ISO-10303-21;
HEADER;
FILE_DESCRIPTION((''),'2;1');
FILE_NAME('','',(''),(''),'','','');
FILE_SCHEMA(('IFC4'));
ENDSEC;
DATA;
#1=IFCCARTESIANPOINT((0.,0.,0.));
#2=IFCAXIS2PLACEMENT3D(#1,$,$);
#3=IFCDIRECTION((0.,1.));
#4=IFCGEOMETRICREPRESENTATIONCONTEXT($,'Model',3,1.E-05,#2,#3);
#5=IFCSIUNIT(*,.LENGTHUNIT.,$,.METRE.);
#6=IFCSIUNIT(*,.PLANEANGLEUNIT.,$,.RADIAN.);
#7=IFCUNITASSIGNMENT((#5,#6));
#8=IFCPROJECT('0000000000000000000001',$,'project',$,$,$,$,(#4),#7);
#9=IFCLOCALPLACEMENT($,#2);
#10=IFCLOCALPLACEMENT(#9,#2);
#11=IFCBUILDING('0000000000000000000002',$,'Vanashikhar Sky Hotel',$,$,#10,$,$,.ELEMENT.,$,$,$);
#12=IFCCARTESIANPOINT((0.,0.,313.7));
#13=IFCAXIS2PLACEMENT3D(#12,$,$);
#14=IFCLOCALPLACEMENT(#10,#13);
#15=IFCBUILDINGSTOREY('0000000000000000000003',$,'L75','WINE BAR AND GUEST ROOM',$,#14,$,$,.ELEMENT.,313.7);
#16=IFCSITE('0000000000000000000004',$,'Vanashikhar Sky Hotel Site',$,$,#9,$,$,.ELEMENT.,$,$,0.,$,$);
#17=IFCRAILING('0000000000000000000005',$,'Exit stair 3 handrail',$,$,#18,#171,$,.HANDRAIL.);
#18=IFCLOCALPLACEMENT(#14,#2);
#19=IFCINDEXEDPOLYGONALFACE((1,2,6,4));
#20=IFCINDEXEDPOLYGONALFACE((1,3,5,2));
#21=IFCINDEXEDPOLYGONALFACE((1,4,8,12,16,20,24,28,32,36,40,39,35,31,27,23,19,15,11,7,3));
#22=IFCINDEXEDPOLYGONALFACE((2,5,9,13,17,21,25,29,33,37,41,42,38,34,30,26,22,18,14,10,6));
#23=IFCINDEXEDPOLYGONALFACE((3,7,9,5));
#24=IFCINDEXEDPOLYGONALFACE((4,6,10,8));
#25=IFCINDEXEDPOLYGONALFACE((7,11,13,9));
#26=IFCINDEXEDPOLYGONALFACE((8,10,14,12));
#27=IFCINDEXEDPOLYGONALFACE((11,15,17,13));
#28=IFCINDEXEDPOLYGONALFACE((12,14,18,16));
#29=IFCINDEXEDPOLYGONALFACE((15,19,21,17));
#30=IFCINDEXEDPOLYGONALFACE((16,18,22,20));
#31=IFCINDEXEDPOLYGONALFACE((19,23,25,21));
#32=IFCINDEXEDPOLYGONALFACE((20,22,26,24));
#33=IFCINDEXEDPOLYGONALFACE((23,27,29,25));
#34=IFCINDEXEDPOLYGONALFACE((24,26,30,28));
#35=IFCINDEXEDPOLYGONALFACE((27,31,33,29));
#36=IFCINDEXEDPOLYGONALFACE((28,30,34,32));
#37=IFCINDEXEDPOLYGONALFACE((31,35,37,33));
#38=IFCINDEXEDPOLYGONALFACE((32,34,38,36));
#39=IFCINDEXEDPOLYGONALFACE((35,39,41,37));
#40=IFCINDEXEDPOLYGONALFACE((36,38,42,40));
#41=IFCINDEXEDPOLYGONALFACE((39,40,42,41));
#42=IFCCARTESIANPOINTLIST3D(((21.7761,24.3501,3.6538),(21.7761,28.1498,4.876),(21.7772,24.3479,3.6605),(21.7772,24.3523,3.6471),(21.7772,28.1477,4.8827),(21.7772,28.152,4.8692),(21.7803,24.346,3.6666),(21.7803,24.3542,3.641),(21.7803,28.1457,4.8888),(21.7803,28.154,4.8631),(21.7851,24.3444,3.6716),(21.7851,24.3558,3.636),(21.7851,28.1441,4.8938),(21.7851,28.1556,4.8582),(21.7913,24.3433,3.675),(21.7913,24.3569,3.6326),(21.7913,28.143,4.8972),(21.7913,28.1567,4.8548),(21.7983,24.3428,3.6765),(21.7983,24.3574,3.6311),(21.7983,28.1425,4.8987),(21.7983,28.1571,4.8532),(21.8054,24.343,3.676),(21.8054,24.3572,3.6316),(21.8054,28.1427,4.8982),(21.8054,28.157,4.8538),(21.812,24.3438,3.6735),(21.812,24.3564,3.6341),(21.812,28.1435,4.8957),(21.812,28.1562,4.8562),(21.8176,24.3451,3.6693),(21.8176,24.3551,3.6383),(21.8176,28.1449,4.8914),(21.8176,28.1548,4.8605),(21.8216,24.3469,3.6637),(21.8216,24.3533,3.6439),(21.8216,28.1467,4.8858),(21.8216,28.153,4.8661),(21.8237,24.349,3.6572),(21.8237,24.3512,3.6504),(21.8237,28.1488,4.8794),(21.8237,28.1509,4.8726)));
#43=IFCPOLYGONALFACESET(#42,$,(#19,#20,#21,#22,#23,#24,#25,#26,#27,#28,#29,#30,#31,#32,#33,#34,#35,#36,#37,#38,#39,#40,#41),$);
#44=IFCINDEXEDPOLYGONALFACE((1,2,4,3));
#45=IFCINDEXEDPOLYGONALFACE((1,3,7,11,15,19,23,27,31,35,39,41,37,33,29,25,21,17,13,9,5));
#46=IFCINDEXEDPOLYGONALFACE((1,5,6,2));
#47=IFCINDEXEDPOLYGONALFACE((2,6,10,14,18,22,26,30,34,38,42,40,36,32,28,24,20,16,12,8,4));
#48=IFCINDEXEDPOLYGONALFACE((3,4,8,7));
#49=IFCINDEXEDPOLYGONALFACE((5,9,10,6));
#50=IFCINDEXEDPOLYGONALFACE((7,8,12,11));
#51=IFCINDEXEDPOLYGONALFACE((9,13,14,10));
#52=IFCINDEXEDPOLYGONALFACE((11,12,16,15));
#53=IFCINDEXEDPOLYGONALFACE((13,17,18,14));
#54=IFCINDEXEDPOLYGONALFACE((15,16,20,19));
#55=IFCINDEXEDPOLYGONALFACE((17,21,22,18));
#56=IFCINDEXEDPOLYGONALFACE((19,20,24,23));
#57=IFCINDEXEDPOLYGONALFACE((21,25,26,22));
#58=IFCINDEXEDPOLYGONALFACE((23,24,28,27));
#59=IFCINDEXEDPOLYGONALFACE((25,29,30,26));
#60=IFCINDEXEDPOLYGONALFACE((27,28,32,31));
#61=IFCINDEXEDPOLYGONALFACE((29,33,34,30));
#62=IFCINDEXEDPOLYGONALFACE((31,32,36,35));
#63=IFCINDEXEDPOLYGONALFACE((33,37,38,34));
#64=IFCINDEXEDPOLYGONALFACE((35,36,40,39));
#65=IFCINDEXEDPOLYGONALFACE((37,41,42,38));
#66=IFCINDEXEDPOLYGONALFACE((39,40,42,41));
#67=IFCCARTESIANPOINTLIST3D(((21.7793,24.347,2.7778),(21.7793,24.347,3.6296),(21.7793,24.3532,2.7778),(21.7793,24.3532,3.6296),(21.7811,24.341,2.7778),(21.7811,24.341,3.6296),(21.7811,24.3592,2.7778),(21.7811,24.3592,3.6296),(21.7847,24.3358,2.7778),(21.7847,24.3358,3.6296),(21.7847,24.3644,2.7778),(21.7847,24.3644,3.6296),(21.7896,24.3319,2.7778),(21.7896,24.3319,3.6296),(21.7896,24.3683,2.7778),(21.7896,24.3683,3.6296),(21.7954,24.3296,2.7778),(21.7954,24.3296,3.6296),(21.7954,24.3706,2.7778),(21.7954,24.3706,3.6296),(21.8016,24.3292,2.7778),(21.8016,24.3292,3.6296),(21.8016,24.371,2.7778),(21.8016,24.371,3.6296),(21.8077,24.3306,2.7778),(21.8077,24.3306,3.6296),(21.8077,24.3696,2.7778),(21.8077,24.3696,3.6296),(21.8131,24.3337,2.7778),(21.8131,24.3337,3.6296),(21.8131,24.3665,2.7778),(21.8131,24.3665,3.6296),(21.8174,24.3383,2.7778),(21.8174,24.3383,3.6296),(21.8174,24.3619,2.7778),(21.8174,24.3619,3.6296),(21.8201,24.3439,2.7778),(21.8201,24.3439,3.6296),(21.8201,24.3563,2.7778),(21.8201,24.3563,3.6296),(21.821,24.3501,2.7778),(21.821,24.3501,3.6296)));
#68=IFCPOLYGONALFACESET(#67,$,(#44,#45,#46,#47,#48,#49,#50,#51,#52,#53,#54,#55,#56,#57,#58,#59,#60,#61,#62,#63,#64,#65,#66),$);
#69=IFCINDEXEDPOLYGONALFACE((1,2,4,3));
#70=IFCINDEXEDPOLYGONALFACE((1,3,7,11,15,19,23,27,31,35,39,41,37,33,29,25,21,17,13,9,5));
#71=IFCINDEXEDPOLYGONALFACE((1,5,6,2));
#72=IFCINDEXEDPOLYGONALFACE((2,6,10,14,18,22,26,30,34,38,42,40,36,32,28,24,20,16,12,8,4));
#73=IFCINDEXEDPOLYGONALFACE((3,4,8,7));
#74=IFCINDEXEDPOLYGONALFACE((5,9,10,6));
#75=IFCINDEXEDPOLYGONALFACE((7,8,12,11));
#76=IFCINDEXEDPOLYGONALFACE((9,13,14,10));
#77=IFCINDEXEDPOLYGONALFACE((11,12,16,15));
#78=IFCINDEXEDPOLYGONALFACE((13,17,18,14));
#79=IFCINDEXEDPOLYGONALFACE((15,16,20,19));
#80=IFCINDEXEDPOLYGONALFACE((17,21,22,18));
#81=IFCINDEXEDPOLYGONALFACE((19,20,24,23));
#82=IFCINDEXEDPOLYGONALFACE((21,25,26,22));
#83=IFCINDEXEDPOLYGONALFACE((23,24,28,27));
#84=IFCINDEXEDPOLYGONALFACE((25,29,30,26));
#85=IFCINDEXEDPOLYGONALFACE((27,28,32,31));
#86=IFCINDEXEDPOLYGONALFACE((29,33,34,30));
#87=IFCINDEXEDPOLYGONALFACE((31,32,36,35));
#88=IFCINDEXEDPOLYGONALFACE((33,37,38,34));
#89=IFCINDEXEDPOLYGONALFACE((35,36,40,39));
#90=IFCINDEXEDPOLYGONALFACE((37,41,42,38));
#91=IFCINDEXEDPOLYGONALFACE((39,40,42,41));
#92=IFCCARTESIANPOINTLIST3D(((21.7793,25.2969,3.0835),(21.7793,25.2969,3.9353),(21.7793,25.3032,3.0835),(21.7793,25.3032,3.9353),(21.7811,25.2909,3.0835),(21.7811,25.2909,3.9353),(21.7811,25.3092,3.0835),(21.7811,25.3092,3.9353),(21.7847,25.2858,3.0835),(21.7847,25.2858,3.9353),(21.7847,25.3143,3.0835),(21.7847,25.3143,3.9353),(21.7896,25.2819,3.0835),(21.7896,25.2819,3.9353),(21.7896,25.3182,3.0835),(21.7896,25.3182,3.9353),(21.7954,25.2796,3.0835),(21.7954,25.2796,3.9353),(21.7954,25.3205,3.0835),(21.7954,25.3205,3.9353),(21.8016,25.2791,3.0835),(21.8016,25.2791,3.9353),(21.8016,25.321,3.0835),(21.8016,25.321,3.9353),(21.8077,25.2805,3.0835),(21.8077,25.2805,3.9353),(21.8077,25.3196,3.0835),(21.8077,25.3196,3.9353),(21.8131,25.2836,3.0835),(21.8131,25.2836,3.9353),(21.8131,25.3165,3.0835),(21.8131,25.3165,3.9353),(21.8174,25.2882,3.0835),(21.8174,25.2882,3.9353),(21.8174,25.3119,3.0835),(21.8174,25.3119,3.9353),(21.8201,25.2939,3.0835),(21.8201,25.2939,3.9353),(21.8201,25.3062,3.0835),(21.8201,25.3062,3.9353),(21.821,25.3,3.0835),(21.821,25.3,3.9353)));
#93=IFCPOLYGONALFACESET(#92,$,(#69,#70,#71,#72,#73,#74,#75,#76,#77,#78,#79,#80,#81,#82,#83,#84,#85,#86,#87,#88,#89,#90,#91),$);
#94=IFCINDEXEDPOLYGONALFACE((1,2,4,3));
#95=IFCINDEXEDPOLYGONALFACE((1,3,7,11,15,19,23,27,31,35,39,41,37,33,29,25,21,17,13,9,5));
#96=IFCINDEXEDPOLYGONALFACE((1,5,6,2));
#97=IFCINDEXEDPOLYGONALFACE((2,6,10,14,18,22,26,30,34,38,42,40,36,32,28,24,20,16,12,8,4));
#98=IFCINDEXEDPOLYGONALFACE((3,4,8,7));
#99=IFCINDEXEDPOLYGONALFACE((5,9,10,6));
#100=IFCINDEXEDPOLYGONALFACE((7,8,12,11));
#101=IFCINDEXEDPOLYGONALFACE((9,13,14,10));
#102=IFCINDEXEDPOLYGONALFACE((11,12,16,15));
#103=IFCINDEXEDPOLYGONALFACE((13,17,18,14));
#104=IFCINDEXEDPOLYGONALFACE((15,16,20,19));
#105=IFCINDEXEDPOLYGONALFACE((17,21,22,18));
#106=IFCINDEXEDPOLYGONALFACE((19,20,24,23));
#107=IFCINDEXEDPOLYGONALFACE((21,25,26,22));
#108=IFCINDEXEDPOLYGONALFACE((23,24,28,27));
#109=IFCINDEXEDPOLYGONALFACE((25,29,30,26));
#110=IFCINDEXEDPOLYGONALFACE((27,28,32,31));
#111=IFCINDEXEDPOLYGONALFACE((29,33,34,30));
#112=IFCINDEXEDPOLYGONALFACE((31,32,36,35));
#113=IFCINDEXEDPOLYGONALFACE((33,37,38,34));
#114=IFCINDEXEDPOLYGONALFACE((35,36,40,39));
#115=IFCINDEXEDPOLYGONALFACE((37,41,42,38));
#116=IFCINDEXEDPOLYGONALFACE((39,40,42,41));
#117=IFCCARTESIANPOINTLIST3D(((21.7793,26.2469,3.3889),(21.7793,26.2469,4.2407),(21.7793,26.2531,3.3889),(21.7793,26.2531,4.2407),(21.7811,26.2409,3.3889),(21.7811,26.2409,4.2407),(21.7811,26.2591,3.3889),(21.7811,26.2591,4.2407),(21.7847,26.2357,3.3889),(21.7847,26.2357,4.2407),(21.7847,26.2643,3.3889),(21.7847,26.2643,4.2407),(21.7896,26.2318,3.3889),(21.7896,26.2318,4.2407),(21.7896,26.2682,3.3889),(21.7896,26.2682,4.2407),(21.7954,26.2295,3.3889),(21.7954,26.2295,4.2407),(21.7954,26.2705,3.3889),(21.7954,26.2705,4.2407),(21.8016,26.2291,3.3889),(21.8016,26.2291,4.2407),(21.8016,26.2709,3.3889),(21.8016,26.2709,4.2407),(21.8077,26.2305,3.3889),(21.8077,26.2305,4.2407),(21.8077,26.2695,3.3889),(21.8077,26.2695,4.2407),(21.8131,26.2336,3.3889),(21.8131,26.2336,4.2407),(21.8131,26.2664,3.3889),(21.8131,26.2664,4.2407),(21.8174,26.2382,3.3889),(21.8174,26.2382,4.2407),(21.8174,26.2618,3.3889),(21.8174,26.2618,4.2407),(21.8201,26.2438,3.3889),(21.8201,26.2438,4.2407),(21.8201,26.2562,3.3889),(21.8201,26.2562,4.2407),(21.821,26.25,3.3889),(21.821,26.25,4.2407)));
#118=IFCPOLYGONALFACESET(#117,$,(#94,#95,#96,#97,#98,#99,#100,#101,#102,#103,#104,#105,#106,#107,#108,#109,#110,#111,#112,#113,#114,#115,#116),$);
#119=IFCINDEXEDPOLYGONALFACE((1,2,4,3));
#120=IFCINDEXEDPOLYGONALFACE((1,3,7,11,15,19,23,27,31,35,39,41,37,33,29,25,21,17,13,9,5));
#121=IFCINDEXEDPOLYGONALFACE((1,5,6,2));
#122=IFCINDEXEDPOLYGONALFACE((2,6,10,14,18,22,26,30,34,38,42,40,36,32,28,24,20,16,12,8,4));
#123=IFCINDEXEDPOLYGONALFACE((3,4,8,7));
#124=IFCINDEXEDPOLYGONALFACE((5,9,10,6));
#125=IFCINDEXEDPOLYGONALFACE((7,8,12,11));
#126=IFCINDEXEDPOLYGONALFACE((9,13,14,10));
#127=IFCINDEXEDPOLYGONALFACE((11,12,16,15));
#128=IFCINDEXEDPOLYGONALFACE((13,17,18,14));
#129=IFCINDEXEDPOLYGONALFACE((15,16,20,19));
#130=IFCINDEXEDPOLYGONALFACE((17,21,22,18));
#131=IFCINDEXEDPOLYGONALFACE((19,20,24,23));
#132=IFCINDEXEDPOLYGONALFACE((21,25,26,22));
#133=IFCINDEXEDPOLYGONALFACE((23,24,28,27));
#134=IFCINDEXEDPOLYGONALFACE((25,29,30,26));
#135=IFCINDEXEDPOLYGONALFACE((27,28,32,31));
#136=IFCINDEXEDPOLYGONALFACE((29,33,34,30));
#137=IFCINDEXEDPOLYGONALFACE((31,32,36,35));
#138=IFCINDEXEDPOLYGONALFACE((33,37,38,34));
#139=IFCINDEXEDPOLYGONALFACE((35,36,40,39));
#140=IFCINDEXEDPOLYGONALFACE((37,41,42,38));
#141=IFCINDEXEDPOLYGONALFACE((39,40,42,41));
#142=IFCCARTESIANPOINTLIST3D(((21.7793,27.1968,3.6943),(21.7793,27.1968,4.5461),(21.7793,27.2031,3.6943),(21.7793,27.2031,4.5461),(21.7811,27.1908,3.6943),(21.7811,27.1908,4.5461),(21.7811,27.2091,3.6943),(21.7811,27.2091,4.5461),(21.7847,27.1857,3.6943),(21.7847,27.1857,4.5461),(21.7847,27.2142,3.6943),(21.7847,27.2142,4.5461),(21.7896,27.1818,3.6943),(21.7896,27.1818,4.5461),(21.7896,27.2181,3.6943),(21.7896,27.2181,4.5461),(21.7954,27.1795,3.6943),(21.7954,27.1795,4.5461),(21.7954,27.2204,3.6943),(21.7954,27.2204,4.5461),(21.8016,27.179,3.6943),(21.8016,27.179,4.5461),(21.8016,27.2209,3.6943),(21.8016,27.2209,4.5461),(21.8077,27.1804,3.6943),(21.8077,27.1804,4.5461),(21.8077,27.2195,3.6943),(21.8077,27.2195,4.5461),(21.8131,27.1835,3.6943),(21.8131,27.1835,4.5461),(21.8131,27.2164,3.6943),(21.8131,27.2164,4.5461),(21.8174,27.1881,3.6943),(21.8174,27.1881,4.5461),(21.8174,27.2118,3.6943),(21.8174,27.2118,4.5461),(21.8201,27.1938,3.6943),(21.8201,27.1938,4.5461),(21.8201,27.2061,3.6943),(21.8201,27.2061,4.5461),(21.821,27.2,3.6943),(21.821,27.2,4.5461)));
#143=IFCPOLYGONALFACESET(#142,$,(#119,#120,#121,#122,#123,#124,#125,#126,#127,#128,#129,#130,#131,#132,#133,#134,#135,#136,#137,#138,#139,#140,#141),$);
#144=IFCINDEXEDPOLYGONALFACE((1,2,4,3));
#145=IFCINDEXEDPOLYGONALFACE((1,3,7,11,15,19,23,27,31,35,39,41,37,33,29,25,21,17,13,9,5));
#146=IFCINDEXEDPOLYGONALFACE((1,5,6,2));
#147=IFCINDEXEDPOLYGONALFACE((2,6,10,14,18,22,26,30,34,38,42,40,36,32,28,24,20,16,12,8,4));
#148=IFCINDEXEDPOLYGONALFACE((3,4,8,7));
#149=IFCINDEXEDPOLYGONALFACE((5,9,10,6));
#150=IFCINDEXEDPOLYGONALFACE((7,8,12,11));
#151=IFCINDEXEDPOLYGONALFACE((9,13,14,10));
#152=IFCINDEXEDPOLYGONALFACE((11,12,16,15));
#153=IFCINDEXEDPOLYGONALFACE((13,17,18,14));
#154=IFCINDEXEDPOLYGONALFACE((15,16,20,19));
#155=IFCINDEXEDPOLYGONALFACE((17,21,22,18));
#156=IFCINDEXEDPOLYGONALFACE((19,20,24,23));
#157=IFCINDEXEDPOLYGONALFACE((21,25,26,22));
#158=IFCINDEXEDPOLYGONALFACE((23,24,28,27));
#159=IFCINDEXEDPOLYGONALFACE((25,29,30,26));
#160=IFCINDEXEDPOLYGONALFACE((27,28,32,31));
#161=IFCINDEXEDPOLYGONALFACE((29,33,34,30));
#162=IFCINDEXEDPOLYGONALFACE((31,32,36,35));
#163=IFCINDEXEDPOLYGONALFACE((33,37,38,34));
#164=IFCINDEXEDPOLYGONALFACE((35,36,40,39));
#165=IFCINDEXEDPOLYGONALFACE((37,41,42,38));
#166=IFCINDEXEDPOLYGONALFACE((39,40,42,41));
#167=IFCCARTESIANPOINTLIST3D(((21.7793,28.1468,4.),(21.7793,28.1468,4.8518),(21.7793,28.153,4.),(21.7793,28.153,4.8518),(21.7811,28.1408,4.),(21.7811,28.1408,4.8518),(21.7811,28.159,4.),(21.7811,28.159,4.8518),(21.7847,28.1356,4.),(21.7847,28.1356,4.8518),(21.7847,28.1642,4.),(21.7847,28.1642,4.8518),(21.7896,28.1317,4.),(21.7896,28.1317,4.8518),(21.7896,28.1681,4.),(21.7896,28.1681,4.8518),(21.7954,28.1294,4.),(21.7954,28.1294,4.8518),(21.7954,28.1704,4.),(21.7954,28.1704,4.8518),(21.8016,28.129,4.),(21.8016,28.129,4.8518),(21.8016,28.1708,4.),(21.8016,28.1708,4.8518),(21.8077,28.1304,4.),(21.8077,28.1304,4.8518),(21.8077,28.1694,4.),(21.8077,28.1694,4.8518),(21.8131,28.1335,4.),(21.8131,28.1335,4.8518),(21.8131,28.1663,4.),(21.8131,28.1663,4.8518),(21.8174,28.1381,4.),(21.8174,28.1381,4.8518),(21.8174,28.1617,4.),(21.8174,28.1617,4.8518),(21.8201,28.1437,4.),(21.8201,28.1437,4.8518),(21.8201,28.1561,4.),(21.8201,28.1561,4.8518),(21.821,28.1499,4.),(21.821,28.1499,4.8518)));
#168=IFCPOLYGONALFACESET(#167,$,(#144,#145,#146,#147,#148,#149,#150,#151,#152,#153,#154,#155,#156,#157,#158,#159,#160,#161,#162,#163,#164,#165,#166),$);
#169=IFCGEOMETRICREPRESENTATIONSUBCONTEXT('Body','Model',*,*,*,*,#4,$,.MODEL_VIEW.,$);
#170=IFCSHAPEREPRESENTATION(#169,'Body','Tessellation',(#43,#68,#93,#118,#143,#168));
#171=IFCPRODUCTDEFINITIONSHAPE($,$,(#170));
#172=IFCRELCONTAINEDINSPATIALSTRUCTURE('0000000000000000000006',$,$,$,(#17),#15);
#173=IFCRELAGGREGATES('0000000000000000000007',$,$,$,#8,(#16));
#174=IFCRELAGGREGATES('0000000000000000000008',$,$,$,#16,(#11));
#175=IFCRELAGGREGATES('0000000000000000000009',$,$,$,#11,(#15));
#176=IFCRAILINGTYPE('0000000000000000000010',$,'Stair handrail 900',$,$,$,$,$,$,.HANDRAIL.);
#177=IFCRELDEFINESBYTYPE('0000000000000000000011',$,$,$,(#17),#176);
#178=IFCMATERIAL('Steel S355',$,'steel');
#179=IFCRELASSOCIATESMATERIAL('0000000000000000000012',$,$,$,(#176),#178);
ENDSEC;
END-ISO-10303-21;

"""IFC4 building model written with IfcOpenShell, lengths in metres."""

from ifc_helpers import new_model, si_unit, direction, frame, origin, origin_2d, place, context, subcontext, project, spatial, circle, extrude, source, transform, mapped, material, type_object, element, save


model = new_model("IFC4")

# Units and contexts
model_context = context("Model", 3, precision=1e-05, world=origin(), true_north=direction((0.0, 1.0)))
body_context = subcontext(model_context, "Body", "Model", "MODEL_VIEW")
ifc_project = project(units=[si_unit("LENGTHUNIT", "METRE"), si_unit("PLANEANGLEUNIT", "RADIAN")], contexts=[model_context])

# Site, building, storey
site_placement = place(None, origin())
site = spatial("IfcSite", under=ifc_project, at=site_placement, Name="Vanashikhar Sky Hotel Site", CompositionType="ELEMENT", RefElevation=0.0)
building_placement = place(site_placement, origin())
building = spatial("IfcBuilding", under=site, at=building_placement, Name="Vanashikhar Sky Hotel", CompositionType="ELEMENT")
storey_placement = place(building_placement, frame((0.0, 0.0, 313.7)))
storey = spatial("IfcBuildingStorey", under=building, at=storey_placement, Name="L75", Description="WINE BAR AND GUEST ROOM", CompositionType="ELEMENT", Elevation=313.7)

# Railing
ifc_material_1 = material(Name="Steel S355", Category="steel")
railing_type = type_object("IfcRailingType", Name="Stair handrail 900", PredefinedType="HANDRAIL", material=ifc_material_1)
shared_shape_1 = source(origin(), body_context, "Body", "SweptSolid", [
    extrude(circle(Radius=0.0239, at=origin_2d()), frame((0.0, 0.0, 0.876), z_axis=(0.0, 0.95197, 0.306191), x_axis=(-1.0, 0.0, 0.0)), (0.0, 0.0, 1.0), 3.9915),
    extrude(circle(Radius=0.021, at=origin_2d()), origin(), (0.0, 0.0, 1.0), 0.8518),
    extrude(circle(Radius=0.021, at=origin_2d()), frame((0.0, 0.95, 0.3057)), (0.0, 0.0, 1.0), 0.8518),
    extrude(circle(Radius=0.021, at=origin_2d()), frame((0.0, 1.8999, 0.6111)), (0.0, 0.0, 1.0), 0.8518),
    extrude(circle(Radius=0.021, at=origin_2d()), frame((0.0, 2.8499, 0.9165)), (0.0, 0.0, 1.0), 0.8518),
    extrude(circle(Radius=0.021, at=origin_2d()), frame((0.0, 3.7998, 1.2222)), (0.0, 0.0, 1.0), 0.8518),
])
railing_1_placement = place(storey_placement, frame((21.8, 24.3501, 2.7778)))
element("IfcRailing", 1, at=railing_1_placement, inside=storey, type_object=railing_type, Name="Exit stair 3 handrail", PredefinedType="HANDRAIL", context=body_context, shape_type="MappedRepresentation", body=[
    mapped(shared_shape_1, transform((0.0, 0.0, 0.0), scale=1.0)),
])

save(model, "model.ifc")
